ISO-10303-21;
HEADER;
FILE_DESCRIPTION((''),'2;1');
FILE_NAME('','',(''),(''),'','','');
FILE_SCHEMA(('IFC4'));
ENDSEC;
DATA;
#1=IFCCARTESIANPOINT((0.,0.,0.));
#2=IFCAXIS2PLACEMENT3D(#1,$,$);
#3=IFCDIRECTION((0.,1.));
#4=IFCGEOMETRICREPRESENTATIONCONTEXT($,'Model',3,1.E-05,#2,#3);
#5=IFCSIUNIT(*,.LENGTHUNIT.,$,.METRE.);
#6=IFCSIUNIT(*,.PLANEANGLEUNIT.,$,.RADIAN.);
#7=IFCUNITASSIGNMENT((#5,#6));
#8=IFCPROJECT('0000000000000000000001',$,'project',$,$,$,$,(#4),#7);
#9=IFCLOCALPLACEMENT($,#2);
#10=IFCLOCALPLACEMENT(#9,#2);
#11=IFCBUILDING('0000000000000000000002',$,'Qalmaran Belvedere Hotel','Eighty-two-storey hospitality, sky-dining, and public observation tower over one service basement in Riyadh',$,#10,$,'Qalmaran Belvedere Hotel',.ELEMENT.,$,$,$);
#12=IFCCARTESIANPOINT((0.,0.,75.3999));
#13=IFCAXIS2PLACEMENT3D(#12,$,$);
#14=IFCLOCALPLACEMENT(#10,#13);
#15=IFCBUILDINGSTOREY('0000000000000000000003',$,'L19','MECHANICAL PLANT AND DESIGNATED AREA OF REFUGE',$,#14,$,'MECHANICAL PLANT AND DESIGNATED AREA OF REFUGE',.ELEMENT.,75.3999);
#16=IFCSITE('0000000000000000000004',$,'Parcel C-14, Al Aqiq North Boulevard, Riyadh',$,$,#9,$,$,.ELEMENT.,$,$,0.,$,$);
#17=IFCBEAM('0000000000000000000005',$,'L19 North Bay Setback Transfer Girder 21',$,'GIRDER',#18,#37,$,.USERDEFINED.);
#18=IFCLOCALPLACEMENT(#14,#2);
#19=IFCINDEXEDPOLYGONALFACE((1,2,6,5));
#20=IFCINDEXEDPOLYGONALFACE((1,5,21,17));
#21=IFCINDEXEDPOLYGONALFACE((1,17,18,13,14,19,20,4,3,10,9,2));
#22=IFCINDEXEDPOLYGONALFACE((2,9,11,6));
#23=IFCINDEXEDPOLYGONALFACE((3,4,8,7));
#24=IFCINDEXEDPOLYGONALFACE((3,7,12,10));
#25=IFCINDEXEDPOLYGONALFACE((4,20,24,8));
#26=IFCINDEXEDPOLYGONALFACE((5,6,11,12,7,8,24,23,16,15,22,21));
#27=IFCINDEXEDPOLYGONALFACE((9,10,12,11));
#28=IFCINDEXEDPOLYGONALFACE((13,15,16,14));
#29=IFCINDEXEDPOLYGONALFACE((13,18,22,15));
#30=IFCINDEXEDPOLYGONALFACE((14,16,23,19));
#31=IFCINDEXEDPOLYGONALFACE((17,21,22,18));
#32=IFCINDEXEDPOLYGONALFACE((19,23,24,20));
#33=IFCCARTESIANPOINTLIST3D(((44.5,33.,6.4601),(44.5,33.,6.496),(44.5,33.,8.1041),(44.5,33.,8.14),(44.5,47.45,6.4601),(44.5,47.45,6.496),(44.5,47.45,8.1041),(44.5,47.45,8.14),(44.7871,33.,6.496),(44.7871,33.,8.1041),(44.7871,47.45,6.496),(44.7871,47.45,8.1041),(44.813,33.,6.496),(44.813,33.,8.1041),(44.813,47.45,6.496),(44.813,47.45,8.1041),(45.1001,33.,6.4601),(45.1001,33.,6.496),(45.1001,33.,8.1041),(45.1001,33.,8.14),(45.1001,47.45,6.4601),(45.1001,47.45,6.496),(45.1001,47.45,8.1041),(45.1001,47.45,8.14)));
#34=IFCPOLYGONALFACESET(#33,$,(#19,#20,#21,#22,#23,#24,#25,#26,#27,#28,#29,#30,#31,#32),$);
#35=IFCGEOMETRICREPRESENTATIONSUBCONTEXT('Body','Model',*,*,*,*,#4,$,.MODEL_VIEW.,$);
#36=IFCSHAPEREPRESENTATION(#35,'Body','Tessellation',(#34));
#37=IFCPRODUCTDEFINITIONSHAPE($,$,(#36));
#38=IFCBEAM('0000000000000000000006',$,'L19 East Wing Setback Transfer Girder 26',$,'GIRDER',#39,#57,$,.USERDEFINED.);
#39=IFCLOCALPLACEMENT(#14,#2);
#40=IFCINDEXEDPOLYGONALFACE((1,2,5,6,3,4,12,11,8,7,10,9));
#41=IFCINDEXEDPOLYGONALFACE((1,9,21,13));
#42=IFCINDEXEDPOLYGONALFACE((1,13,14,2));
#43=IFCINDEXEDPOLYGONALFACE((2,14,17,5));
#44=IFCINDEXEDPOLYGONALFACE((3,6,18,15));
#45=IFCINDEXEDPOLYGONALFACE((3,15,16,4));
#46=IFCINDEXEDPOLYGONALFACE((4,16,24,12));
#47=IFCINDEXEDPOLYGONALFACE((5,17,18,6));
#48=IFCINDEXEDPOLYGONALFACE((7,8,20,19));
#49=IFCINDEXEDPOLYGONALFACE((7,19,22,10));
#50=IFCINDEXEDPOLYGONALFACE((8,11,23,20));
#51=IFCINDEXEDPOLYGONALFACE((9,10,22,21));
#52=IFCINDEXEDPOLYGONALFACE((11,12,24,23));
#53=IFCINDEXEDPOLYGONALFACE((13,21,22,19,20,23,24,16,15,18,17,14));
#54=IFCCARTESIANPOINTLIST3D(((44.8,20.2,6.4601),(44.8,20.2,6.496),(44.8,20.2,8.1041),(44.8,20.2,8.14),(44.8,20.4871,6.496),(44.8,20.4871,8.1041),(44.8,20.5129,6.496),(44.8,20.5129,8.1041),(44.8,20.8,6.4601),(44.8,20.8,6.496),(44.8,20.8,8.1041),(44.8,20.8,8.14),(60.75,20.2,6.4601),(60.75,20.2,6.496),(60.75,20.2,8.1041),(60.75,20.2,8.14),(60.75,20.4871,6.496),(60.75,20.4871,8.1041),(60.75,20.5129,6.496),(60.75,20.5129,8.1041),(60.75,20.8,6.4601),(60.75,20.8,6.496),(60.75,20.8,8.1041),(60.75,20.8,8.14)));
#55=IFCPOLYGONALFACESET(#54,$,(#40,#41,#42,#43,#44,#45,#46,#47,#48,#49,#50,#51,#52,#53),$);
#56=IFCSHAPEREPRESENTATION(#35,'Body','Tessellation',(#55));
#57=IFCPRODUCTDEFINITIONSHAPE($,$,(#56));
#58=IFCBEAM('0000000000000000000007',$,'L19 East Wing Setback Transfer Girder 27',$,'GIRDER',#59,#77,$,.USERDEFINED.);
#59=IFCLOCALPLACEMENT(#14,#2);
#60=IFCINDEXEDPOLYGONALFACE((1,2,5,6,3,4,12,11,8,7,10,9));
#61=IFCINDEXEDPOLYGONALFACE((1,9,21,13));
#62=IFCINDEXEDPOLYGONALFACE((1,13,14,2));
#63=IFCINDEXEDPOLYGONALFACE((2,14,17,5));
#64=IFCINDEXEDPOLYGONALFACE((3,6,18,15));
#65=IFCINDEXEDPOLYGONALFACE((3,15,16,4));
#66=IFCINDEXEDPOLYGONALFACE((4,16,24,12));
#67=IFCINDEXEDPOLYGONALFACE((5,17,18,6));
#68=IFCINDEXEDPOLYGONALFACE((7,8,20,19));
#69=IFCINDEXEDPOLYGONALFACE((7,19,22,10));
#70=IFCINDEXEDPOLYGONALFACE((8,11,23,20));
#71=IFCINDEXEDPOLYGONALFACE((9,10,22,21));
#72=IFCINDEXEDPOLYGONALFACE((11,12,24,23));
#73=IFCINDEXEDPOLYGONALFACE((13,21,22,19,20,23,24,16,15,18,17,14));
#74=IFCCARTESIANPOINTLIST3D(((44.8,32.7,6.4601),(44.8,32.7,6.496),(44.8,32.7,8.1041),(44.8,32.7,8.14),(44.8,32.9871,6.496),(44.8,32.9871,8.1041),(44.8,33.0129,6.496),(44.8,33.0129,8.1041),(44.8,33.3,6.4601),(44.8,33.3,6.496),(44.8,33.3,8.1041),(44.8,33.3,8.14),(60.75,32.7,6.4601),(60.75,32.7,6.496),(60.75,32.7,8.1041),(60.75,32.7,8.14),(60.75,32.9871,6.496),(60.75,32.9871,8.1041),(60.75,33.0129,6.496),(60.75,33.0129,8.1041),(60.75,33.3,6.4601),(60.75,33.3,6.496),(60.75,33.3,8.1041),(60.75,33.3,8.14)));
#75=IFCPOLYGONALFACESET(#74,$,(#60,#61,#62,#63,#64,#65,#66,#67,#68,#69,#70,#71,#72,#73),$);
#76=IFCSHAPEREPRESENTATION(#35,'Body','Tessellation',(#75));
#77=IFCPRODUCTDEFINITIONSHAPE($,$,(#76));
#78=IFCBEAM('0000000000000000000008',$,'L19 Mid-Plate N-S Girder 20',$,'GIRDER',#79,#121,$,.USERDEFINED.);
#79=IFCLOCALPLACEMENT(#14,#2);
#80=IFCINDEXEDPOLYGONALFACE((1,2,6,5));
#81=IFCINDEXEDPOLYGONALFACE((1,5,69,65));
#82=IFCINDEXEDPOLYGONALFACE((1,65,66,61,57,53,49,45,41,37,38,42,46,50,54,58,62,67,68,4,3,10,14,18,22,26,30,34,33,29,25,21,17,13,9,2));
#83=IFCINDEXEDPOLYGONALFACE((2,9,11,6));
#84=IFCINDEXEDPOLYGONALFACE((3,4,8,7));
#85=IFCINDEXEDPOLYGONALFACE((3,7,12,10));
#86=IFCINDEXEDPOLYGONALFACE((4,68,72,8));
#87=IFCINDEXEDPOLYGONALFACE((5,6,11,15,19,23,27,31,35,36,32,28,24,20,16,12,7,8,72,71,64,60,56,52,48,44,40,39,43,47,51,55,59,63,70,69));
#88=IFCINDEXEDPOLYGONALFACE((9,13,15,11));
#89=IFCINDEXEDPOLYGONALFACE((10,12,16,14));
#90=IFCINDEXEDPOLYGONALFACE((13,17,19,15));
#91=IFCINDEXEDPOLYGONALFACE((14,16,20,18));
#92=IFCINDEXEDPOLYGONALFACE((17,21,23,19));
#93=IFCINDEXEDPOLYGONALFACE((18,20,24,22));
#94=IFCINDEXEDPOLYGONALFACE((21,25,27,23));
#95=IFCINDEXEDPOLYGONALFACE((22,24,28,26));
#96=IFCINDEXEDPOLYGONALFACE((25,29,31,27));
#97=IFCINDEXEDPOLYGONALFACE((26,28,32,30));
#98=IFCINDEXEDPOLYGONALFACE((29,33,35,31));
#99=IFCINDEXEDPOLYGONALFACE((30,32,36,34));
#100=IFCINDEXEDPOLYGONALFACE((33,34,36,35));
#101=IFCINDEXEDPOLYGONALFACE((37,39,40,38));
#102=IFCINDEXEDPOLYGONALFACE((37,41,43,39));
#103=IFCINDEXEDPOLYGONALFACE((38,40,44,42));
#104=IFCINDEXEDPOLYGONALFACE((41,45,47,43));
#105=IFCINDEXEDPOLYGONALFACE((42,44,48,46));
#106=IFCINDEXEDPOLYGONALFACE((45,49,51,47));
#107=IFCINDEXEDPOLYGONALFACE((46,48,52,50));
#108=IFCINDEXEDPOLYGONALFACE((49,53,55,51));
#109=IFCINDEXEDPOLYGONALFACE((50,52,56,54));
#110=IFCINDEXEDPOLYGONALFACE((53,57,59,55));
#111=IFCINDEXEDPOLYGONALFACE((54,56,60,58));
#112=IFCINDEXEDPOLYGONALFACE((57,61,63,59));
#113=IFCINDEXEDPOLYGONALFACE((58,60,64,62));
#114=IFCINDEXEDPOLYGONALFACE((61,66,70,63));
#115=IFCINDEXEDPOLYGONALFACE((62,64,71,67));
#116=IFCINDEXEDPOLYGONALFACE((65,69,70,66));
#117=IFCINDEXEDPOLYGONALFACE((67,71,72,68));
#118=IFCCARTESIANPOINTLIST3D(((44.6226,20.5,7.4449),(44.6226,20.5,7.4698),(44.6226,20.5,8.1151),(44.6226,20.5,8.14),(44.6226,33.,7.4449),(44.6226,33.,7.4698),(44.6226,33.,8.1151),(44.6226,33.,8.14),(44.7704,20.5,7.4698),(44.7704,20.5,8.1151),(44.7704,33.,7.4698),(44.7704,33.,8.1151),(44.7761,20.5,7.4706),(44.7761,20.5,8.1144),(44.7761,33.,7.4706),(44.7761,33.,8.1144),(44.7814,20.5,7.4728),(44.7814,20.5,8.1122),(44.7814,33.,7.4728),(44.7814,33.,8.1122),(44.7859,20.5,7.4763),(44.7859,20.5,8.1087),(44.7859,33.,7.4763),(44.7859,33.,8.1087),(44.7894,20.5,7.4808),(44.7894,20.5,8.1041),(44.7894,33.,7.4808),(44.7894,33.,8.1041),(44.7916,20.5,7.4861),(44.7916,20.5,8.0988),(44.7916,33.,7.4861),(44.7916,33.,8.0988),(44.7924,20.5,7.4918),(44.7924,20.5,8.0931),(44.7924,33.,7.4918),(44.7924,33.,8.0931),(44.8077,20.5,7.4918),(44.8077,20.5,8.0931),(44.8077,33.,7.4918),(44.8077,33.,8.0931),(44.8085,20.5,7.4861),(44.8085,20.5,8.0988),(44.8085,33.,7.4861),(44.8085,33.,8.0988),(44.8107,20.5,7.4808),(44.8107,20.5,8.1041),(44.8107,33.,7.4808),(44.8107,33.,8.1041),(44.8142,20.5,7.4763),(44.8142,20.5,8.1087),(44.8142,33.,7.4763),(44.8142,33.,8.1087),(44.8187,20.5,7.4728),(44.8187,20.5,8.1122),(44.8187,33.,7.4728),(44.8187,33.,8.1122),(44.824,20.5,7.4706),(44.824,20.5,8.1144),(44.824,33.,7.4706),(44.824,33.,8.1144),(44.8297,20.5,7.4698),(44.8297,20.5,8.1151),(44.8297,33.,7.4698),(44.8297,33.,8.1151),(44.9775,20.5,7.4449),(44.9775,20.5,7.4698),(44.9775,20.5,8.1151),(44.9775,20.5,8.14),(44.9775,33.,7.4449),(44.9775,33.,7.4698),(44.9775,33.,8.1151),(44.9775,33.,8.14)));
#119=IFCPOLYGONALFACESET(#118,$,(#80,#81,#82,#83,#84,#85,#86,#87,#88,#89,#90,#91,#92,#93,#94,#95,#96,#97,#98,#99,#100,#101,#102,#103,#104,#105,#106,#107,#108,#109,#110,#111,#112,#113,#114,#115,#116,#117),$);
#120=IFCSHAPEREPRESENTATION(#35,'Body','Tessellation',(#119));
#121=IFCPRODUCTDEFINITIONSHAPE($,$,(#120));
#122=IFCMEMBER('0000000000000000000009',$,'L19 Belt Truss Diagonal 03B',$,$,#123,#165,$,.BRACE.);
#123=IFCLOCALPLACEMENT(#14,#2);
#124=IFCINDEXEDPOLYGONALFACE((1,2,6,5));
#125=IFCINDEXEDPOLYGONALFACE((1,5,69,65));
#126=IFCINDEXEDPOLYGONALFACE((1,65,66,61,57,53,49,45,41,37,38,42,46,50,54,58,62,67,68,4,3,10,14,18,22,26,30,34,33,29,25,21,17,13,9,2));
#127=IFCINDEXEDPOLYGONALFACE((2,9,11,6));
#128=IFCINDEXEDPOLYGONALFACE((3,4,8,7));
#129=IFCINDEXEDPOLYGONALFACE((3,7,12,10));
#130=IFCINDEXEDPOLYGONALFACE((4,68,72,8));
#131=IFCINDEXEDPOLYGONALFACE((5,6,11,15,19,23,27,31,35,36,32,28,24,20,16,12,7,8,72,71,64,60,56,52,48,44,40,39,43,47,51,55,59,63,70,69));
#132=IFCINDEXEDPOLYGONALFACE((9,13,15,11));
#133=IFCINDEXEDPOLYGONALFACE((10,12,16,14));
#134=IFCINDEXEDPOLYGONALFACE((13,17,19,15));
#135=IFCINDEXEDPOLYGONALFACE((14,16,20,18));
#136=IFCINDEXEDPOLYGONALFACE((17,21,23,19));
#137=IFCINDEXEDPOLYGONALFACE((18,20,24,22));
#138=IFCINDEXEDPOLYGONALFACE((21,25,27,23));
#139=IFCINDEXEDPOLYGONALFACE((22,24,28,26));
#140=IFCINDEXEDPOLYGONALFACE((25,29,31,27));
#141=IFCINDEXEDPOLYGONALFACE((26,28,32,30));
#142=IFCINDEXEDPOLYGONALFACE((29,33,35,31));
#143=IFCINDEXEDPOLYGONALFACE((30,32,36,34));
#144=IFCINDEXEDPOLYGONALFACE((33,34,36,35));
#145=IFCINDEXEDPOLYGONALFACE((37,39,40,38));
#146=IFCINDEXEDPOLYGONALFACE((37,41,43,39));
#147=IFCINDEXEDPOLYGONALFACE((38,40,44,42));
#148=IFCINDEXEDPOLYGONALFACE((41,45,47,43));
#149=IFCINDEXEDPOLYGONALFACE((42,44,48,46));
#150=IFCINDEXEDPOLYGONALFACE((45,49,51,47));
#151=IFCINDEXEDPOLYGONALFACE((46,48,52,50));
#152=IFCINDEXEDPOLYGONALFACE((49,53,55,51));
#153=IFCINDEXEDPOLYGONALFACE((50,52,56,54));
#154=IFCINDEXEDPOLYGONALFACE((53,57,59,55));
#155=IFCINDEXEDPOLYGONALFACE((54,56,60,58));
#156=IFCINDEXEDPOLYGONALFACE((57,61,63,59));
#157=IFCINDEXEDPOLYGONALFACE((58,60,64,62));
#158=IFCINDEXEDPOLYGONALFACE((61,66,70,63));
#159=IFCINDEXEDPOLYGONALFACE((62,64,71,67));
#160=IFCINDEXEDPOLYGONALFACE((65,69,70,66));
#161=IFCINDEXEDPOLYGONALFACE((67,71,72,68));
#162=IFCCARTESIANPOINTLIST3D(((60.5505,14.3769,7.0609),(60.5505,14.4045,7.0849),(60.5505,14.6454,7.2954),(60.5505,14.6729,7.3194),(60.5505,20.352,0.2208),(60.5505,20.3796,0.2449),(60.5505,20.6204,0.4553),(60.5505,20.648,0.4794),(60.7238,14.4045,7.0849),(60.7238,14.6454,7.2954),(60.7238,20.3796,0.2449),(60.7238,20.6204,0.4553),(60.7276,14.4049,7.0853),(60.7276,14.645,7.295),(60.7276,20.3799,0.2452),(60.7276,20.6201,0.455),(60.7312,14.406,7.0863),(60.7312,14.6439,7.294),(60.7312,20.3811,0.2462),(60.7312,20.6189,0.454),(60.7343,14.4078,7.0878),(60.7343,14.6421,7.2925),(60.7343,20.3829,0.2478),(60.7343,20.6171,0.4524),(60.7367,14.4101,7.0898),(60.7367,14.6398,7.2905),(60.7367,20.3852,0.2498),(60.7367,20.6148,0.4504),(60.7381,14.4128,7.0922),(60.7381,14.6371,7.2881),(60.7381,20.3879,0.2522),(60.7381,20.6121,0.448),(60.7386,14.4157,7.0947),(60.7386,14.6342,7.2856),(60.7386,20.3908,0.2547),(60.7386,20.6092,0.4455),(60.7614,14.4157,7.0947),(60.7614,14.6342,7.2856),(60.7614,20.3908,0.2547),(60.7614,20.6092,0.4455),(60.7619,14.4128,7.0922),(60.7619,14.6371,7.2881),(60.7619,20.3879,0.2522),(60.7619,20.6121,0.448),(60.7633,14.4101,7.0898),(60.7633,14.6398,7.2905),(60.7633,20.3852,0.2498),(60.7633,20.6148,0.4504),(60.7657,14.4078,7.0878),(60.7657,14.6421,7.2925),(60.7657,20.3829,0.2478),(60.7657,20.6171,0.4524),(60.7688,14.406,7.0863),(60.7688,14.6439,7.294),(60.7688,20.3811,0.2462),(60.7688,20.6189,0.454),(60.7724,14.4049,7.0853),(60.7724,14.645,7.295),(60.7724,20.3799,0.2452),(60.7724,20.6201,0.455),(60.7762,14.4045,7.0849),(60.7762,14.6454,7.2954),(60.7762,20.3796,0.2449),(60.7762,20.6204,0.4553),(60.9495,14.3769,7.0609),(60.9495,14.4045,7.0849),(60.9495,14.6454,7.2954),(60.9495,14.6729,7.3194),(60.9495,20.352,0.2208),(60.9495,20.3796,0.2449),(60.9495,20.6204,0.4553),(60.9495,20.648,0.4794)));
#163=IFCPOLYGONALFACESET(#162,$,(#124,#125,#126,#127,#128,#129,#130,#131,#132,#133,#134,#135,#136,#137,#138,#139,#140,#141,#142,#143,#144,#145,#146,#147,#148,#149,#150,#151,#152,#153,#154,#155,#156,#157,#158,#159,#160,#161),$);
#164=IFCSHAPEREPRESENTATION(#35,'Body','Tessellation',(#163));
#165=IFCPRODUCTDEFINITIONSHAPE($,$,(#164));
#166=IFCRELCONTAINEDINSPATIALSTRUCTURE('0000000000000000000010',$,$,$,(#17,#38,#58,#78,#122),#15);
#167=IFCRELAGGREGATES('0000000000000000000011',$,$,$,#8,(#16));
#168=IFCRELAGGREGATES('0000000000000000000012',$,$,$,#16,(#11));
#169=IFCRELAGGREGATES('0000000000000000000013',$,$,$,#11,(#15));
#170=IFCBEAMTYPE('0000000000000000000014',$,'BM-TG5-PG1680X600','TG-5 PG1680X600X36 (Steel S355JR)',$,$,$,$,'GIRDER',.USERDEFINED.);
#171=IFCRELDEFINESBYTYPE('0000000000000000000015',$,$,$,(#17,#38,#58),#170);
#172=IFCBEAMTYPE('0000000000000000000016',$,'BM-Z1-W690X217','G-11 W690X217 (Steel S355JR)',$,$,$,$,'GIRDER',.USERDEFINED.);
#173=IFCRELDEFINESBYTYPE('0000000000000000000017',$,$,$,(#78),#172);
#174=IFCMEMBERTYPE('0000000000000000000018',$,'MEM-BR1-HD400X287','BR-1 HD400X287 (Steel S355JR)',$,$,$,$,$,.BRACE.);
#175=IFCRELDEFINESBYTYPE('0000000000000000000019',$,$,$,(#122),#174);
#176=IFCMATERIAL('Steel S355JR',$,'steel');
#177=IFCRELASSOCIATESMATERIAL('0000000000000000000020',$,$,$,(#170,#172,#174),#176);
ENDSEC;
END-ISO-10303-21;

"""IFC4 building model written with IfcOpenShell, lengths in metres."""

from ifc_helpers import new_model, si_unit, direction, frame, origin, origin_2d, place, context, subcontext, project, spatial, i_section, extrude, material, material_profile, profile_set, type_object, element, save


model = new_model("IFC4")

# Units and contexts
model_context = context("Model", 3, precision=1e-05, world=origin(), true_north=direction((0.0, 1.0)))
body_context = subcontext(model_context, "Body", "Model", "MODEL_VIEW")
ifc_project = project(units=[si_unit("LENGTHUNIT", "METRE"), si_unit("PLANEANGLEUNIT", "RADIAN")], contexts=[model_context])

# Site, building, storey
site_placement = place(None, origin())
site = spatial("IfcSite", under=ifc_project, at=site_placement, Name="Parcel C-14, Al Aqiq North Boulevard, Riyadh", CompositionType="ELEMENT", RefElevation=0.0)
building_placement = place(site_placement, origin())
building = spatial("IfcBuilding", under=site, at=building_placement, Name="Qalmaran Belvedere Hotel", Description="Eighty-two-storey hospitality, sky-dining, and public observation tower over one service basement in Riyadh", LongName="Qalmaran Belvedere Hotel", CompositionType="ELEMENT")
storey_placement = place(building_placement, frame((0.0, 0.0, 75.3999)))
storey = spatial("IfcBuildingStorey", under=building, at=storey_placement, Name="L19", Description="MECHANICAL PLANT AND DESIGNATED AREA OF REFUGE", LongName="MECHANICAL PLANT AND DESIGNATED AREA OF REFUGE", CompositionType="ELEMENT", Elevation=75.3999)

# Beams
ifc_material_1 = material(Name="Steel S355JR", Category="steel")
ifc_material_profile_1 = material_profile(ifc_material_1, i_section(OverallWidth=0.6001, OverallDepth=1.6799, WebThickness=0.0259, FlangeThickness=0.0359, at=origin_2d()), Name="PG1680X600X36")
ifc_profile_set_1 = profile_set([ifc_material_profile_1], Name="Steel S355JR")
beam_type_1 = type_object("IfcBeamType", Name="BM-TG5-PG1680X600", Description="TG-5 PG1680X600X36 (Steel S355JR)", ElementType="GIRDER", PredefinedType="USERDEFINED", material=ifc_profile_set_1)
beam_1_placement = place(storey_placement, frame((44.8, 33.0, 7.3), z_axis=(0.0, 1.0, 0.0), x_axis=(-1.0, 0.0, 0.0)))
element("IfcBeam", 1, at=beam_1_placement, inside=storey, type_object=beam_type_1, Name="L19 North Bay Setback Transfer Girder 21", ObjectType="GIRDER", PredefinedType="USERDEFINED", context=body_context, shape_type="SweptSolid", body=[
    extrude(i_section(OverallWidth=0.6001, OverallDepth=1.6799, WebThickness=0.0259, FlangeThickness=0.0359, at=origin_2d()), origin(), (0.0, 0.0, 1.0), 14.45),
])
for number, where, z_axis, x_axis, name in (
    (2, (44.8, 20.5, 7.3), (1.0, 0.0, 0.0), (0.0, 1.0, 0.0), "L19 East Wing Setback Transfer Girder 26"),
    (3, (44.8, 33.0, 7.3), (1.0, 0.0, 0.0), (0.0, 1.0, 0.0), "L19 East Wing Setback Transfer Girder 27"),
):
    element("IfcBeam", number, at=place(storey_placement, frame(where, z_axis=z_axis, x_axis=x_axis)), inside=storey, type_object=beam_type_1, Name=name, ObjectType="GIRDER", PredefinedType="USERDEFINED", context=body_context, shape_type="SweptSolid", body=[
        extrude(i_section(OverallWidth=0.6001, OverallDepth=1.6799, WebThickness=0.0259, FlangeThickness=0.0359, at=origin_2d()), origin(), (0.0, 0.0, 1.0), 15.95),
    ])
ifc_material_profile_2 = material_profile(ifc_material_1, i_section(OverallWidth=0.355, OverallDepth=0.6951, WebThickness=0.0154, FlangeThickness=0.0249, FilletRadius=0.022, at=origin_2d()), Name="W690X217")
ifc_profile_set_2 = profile_set([ifc_material_profile_2], Name="Steel S355JR")
beam_type_2 = type_object("IfcBeamType", Name="BM-Z1-W690X217", Description="G-11 W690X217 (Steel S355JR)", ElementType="GIRDER", PredefinedType="USERDEFINED", material=ifc_profile_set_2)
beam_2_placement = place(storey_placement, frame((44.8, 20.5, 7.7925), z_axis=(0.0, 1.0, 0.0), x_axis=(-1.0, 0.0, 0.0)))
element("IfcBeam", 4, at=beam_2_placement, inside=storey, type_object=beam_type_2, Name="L19 Mid-Plate N-S Girder 20", ObjectType="GIRDER", PredefinedType="USERDEFINED", context=body_context, shape_type="SweptSolid", body=[
    extrude(i_section(OverallWidth=0.355, OverallDepth=0.6951, WebThickness=0.0154, FlangeThickness=0.0249, FilletRadius=0.022, at=origin_2d()), origin(), (0.0, 0.0, 1.0), 12.5),
])

# Member
ifc_material_profile_3 = material_profile(ifc_material_1, i_section(OverallWidth=0.3989, OverallDepth=0.3931, WebThickness=0.0227, FlangeThickness=0.0366, FilletRadius=0.0149, at=origin_2d()), Name="HD400X287")
ifc_profile_set_3 = profile_set([ifc_material_profile_3], Name="Steel S355JR")
member_type_1 = type_object("IfcMemberType", Name="MEM-BR1-HD400X287", Description="BR-1 HD400X287 (Steel S355JR)", PredefinedType="BRACE", material=ifc_profile_set_3)
member_1_placement = place(storey_placement, frame((60.75, 20.5, 0.3501), z_axis=(0.0, -0.657882, 0.753121), x_axis=(1.0, 0.0, 0.0)))
element("IfcMember", 5, at=member_1_placement, inside=storey, type_object=member_type_1, Name="L19 Belt Truss Diagonal 03B", PredefinedType="BRACE", context=body_context, shape_type="SweptSolid", body=[
    extrude(i_section(OverallWidth=0.3989, OverallDepth=0.3931, WebThickness=0.0227, FlangeThickness=0.0366, FilletRadius=0.0149, at=origin_2d()), origin(), (0.0, 0.0, 1.0), 9.0823),
])

save(model, "model.ifc")
